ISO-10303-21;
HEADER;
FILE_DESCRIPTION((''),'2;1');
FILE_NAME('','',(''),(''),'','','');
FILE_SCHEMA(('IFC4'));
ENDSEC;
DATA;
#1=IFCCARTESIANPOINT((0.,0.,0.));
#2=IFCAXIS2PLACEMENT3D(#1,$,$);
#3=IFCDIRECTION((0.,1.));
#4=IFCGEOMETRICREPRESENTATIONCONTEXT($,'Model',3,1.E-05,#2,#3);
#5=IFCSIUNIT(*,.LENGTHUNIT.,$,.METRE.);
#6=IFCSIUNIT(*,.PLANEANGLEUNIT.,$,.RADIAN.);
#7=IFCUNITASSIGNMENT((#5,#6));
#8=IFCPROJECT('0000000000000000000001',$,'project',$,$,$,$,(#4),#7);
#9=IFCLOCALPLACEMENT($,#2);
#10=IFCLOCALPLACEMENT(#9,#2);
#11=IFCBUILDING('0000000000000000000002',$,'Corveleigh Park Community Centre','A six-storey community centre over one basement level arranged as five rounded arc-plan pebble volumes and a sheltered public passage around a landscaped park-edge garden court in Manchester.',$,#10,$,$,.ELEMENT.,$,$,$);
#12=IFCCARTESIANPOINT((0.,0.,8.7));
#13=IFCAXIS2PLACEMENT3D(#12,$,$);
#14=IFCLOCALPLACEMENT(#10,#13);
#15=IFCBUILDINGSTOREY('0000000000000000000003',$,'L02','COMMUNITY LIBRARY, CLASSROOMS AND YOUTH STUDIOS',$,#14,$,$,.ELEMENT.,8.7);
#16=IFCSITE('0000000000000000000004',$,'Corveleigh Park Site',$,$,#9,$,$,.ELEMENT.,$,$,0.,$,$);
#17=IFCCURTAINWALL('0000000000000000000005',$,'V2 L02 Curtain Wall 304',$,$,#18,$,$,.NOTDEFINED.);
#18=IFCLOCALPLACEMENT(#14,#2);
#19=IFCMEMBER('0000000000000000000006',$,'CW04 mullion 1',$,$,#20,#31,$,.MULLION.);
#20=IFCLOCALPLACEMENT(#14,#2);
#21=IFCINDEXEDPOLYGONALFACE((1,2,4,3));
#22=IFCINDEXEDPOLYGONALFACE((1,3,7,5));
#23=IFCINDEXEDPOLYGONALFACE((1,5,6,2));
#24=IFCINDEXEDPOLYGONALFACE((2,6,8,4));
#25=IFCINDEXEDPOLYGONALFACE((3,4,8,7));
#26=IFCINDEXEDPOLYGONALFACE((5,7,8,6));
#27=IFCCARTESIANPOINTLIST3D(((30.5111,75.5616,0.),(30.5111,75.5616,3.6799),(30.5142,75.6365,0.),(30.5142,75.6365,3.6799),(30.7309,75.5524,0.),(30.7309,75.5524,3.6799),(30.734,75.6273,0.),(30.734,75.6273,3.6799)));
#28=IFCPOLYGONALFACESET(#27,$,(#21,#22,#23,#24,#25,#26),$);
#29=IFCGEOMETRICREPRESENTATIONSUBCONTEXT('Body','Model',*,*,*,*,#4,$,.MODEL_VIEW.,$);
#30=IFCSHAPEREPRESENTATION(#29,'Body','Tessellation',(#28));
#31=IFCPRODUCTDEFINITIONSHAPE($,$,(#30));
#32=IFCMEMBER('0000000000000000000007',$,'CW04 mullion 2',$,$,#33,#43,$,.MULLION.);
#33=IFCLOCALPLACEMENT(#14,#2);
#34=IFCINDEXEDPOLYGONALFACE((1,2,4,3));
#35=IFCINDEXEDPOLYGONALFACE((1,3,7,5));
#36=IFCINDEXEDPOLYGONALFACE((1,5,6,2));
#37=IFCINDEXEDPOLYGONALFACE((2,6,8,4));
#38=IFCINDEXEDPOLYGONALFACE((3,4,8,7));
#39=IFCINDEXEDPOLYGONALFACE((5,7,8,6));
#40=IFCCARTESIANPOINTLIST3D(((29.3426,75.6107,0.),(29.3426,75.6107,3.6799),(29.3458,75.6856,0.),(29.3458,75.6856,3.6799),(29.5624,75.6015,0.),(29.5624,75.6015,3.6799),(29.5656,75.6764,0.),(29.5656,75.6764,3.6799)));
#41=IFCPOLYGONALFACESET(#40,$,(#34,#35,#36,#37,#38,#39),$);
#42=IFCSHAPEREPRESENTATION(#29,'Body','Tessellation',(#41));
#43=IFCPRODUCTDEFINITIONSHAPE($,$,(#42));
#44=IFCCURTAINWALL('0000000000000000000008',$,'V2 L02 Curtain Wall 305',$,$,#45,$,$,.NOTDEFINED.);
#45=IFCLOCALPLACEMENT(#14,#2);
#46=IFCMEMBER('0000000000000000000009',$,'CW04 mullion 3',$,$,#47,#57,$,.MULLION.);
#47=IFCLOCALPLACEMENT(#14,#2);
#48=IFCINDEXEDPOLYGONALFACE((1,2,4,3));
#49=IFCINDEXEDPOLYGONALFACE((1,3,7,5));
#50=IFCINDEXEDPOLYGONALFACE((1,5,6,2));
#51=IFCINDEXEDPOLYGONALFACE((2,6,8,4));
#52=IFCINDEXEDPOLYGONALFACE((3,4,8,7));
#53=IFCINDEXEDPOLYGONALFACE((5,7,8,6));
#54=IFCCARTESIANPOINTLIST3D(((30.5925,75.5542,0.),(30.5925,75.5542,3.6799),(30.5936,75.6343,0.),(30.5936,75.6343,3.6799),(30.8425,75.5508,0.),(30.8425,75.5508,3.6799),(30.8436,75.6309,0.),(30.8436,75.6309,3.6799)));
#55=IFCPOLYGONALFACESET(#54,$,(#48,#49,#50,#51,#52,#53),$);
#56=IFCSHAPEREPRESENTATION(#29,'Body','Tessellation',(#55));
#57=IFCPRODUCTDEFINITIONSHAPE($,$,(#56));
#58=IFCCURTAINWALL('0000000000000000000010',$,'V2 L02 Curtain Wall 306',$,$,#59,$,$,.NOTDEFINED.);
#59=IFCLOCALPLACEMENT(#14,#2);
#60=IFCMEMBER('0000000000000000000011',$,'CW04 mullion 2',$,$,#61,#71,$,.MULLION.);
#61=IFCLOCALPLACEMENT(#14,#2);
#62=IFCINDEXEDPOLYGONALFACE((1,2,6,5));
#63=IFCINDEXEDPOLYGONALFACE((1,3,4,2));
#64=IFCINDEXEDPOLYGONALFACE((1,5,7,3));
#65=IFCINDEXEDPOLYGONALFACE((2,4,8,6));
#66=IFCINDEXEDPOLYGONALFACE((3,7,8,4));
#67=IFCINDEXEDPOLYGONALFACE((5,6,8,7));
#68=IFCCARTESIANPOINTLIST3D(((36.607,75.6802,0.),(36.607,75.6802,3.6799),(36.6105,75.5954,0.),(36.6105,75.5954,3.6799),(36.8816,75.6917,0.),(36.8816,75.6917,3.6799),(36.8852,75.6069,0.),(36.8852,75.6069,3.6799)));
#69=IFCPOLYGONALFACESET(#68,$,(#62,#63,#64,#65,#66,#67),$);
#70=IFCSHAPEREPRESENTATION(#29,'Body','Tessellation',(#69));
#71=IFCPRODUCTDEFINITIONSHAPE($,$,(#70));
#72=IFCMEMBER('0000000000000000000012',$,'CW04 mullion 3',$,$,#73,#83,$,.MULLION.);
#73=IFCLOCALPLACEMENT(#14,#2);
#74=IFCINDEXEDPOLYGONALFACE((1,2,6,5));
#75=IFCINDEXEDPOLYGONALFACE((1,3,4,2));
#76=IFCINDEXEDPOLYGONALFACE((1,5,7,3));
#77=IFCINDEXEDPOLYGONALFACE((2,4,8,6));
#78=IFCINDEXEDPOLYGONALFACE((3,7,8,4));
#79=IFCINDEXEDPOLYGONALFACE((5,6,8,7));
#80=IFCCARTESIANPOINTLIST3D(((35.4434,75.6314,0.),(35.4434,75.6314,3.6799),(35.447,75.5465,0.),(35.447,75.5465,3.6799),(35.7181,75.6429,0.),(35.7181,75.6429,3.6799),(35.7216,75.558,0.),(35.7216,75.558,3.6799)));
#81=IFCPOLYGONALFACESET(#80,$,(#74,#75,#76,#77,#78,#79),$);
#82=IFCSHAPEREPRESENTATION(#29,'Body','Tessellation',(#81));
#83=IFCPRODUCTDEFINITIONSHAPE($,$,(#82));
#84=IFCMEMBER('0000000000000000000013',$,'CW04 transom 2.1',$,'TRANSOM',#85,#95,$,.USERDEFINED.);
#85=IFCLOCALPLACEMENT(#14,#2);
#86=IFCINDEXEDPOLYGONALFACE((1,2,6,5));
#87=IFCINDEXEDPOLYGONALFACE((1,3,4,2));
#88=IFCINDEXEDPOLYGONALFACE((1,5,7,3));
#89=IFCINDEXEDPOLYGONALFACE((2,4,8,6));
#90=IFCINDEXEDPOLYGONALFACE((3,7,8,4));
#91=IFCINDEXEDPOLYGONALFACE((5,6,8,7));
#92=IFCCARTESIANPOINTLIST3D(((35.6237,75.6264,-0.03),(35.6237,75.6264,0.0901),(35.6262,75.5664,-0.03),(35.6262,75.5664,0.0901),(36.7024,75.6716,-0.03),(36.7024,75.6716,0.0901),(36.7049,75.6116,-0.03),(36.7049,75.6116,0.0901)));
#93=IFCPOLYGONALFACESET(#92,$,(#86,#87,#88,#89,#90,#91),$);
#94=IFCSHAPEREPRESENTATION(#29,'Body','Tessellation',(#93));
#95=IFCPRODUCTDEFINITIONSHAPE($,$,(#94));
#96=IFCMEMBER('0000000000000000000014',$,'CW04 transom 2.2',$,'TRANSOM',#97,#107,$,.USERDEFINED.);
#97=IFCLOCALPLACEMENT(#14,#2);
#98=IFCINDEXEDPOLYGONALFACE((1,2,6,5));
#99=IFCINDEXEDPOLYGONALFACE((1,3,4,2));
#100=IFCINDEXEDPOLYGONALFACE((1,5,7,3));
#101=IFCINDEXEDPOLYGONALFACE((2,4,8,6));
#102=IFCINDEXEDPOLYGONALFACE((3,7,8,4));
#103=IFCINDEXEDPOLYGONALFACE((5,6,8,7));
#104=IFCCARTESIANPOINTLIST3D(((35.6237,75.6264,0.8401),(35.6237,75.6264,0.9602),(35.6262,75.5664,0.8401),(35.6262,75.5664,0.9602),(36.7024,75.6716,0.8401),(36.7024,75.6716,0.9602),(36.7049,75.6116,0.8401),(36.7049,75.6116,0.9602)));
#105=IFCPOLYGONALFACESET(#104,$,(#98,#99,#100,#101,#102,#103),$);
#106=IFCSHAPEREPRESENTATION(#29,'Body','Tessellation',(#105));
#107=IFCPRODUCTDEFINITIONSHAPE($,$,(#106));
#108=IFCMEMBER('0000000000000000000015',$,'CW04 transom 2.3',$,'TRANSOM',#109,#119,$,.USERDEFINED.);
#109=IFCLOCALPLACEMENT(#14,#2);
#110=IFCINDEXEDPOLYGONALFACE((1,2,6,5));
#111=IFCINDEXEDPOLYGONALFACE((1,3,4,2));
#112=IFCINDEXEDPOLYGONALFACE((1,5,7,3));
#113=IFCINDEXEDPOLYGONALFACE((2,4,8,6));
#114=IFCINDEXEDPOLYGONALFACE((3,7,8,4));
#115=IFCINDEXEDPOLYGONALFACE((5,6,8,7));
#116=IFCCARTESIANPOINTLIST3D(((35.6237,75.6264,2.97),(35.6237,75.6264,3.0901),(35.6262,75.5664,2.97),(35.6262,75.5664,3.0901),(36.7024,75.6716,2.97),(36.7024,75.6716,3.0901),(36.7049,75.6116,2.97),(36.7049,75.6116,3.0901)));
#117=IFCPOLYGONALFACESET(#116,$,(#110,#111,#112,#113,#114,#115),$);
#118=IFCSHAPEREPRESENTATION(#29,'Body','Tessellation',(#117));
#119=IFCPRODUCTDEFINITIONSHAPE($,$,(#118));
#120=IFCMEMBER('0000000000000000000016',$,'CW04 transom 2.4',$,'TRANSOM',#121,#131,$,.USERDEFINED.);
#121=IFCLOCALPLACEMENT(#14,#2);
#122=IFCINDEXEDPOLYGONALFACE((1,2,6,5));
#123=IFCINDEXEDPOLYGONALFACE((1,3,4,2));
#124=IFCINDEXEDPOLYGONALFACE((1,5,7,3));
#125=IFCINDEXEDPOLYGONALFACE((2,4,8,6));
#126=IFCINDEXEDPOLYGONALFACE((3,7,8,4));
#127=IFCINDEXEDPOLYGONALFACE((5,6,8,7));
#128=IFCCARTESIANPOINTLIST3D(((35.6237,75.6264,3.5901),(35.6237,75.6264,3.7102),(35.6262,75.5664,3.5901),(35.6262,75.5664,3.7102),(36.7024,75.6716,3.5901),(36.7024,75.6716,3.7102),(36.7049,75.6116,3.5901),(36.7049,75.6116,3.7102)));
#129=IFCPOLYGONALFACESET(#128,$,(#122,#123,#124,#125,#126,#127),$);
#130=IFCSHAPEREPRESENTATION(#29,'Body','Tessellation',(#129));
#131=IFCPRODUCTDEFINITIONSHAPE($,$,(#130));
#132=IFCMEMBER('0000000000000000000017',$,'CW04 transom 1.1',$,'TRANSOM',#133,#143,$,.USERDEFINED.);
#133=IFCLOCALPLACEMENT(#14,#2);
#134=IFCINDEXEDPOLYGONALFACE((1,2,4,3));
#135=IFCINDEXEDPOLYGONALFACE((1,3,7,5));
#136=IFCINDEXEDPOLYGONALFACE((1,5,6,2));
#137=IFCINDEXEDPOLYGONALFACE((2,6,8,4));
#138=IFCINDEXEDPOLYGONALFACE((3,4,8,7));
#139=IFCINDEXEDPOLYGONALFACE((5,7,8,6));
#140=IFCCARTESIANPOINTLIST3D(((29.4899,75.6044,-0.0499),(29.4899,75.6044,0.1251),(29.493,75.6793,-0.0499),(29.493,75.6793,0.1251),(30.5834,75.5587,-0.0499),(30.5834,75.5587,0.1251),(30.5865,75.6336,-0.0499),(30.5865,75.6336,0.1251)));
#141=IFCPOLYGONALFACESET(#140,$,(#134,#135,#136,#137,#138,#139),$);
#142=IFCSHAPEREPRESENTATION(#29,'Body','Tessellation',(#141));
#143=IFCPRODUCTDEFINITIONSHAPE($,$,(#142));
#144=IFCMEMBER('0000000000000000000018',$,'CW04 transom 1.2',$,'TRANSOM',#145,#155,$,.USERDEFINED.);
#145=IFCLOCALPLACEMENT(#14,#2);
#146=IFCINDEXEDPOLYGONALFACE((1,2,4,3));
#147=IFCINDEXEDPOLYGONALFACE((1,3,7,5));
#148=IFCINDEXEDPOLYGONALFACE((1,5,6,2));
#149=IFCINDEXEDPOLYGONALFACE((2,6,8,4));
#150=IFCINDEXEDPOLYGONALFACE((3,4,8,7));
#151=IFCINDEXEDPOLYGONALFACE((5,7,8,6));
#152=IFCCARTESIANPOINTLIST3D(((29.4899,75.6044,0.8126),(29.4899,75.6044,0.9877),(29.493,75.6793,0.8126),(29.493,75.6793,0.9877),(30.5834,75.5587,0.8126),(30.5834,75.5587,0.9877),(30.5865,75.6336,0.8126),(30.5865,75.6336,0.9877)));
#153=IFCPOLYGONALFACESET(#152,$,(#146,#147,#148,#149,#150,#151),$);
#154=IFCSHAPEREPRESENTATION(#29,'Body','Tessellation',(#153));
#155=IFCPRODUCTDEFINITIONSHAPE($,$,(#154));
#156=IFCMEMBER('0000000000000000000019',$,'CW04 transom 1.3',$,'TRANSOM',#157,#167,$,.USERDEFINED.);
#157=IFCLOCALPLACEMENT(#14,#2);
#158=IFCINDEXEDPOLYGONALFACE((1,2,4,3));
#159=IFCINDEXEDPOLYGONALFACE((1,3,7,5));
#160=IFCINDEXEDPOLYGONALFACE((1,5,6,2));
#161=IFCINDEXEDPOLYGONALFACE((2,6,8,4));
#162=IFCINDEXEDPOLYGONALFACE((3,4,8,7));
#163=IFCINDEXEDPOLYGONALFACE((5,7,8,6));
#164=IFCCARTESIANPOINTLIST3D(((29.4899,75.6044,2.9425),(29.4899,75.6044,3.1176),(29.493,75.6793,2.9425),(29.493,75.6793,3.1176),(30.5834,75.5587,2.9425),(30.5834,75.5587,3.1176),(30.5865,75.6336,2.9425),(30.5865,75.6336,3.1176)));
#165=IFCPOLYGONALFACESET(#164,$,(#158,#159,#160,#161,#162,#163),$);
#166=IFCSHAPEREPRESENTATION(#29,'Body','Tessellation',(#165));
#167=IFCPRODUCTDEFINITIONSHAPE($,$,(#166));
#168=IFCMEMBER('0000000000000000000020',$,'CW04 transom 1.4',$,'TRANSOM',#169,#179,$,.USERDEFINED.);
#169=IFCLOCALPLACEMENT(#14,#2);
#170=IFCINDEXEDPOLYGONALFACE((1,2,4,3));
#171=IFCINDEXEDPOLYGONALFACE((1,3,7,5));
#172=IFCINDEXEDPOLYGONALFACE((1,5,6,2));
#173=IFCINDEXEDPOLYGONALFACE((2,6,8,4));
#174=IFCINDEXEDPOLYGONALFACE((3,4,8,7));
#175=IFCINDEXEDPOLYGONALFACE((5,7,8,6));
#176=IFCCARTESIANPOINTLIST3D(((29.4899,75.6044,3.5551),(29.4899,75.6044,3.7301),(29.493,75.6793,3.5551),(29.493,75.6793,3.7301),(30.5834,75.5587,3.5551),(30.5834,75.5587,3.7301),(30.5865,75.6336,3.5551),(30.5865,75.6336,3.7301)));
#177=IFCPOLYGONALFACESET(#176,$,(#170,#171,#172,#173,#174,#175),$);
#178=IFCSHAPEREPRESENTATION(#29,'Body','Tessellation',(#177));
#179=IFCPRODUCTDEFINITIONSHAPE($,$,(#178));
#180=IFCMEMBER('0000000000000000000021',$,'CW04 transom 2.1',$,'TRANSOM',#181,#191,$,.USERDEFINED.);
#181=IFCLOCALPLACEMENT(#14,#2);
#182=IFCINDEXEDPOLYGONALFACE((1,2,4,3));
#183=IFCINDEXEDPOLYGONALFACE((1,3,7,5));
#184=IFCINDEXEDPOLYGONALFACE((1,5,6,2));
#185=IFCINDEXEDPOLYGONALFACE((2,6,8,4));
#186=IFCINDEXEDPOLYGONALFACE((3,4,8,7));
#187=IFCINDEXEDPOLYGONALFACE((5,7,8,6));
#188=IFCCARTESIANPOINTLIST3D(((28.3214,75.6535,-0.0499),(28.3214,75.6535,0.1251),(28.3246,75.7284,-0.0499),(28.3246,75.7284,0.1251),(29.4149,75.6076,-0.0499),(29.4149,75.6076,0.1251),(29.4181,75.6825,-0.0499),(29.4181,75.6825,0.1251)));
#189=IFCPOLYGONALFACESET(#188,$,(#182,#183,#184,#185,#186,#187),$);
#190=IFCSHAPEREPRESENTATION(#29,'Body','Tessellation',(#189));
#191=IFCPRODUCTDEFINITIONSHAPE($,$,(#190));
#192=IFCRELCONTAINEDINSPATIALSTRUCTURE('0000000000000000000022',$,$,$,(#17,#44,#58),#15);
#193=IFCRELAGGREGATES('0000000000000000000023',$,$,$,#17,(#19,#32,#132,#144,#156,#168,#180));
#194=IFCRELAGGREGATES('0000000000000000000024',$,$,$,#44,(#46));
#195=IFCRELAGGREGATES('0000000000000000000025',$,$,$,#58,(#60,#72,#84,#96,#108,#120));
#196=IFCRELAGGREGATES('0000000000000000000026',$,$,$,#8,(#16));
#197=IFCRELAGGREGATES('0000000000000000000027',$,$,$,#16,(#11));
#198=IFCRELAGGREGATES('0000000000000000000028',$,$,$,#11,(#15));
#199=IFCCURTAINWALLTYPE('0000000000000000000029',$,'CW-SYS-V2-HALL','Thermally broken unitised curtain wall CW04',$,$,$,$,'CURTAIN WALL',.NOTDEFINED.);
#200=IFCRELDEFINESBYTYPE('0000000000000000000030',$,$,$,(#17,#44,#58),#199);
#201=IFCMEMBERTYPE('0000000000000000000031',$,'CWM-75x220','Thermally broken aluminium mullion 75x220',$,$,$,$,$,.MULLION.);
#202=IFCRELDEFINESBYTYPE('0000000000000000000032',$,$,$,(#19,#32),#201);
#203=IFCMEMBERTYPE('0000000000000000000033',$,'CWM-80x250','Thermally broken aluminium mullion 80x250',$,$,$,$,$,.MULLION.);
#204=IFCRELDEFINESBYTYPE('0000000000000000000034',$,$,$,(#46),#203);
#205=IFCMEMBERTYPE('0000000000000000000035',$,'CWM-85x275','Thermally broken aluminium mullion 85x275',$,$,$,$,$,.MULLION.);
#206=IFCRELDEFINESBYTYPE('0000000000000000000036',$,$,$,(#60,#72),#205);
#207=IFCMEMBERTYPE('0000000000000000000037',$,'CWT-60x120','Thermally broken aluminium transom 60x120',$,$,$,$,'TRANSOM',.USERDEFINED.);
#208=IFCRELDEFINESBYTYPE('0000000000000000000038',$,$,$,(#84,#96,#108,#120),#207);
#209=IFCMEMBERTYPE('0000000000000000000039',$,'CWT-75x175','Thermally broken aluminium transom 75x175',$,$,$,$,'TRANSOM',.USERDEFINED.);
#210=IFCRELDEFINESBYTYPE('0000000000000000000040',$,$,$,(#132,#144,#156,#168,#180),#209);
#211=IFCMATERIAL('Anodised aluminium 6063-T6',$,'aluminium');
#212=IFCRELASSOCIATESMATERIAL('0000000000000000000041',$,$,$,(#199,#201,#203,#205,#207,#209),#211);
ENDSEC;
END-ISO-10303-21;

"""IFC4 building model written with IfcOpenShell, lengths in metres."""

from ifc_helpers import new_model, si_unit, direction, frame, origin, origin_2d, place, context, subcontext, project, spatial, rectangle, extrude, material, material_profile, profile_set, type_object, element, aggregate, save


model = new_model("IFC4")

# Units and contexts
model_context = context("Model", 3, precision=1e-05, world=origin(), true_north=direction((0.0, 1.0)))
body_context = subcontext(model_context, "Body", "Model", "MODEL_VIEW")
ifc_project = project(units=[si_unit("LENGTHUNIT", "METRE"), si_unit("PLANEANGLEUNIT", "RADIAN")], contexts=[model_context])

# Site, building, storey
site_placement = place(None, origin())
site = spatial("IfcSite", under=ifc_project, at=site_placement, Name="Corveleigh Park Site", CompositionType="ELEMENT", RefElevation=0.0)
building_placement = place(site_placement, origin())
building = spatial("IfcBuilding", under=site, at=building_placement, Name="Corveleigh Park Community Centre", Description="A six-storey community centre over one basement level arranged as five rounded arc-plan pebble volumes and a sheltered public passage around a landscaped park-edge garden court in Manchester.", CompositionType="ELEMENT")
storey_placement = place(building_placement, frame((0.0, 0.0, 8.7)))
storey = spatial("IfcBuildingStorey", under=building, at=storey_placement, Name="L02", Description="COMMUNITY LIBRARY, CLASSROOMS AND YOUTH STUDIOS", CompositionType="ELEMENT", Elevation=8.7)

# Curtain wall, members
ifc_material_1 = material(Name="Anodised aluminium 6063-T6", Category="aluminium")
curtain_wall_type = type_object("IfcCurtainWallType", Name="CW-SYS-V2-HALL", Description="Thermally broken unitised curtain wall CW04", ElementType="CURTAIN WALL", PredefinedType="NOTDEFINED", material=ifc_material_1)
curtain_wall_1_placement = place(storey_placement, origin())
curtain_wall_1 = element("IfcCurtainWall", 1, at=curtain_wall_1_placement, inside=storey, type_object=curtain_wall_type, Name="V2 L02 Curtain Wall 304", PredefinedType="NOTDEFINED")
ifc_material_profile_1 = material_profile(ifc_material_1, rectangle(XDim=0.075, YDim=0.22, at=origin_2d()), Name="ALU-M75x220", Category="aluminium")
ifc_profile_set_1 = profile_set([ifc_material_profile_1], Name="Anodised aluminium 6063-T6")
member_type_1 = type_object("IfcMemberType", Name="CWM-75x220", Description="Thermally broken aluminium mullion 75x220", PredefinedType="MULLION", material=ifc_profile_set_1)
member_1_placement = place(storey_placement, frame((30.6226, 75.5945, 0.0), z_axis=(0.0, 0.0, 1.0), x_axis=(-0.041837, -0.999124, 0.0)))
member_1 = element("IfcMember", 2, at=member_1_placement, type_object=member_type_1, Name="CW04 mullion 1", PredefinedType="MULLION", context=body_context, shape_type="SweptSolid", body=[
    extrude(rectangle(XDim=0.075, YDim=0.22, at=origin_2d()), origin(), (0.0, 0.0, 1.0), 3.6799),
])
member_2_placement = place(storey_placement, frame((29.4541, 75.6436, 0.0), z_axis=(0.0, 0.0, 1.0), x_axis=(-0.041837, -0.999124, 0.0)))
member_2 = element("IfcMember", 3, at=member_2_placement, type_object=member_type_1, Name="CW04 mullion 2", PredefinedType="MULLION", context=body_context, shape_type="SweptSolid", body=[
    extrude(rectangle(XDim=0.075, YDim=0.22, at=origin_2d()), origin(), (0.0, 0.0, 1.0), 3.6799),
])

# Curtain wall, member
curtain_wall_2_placement = place(storey_placement, origin())
curtain_wall_2 = element("IfcCurtainWall", 4, at=curtain_wall_2_placement, inside=storey, type_object=curtain_wall_type, Name="V2 L02 Curtain Wall 305", PredefinedType="NOTDEFINED")
ifc_material_profile_2 = material_profile(ifc_material_1, rectangle(XDim=0.0801, YDim=0.25, at=origin_2d()), Name="ALU-M80x250", Category="aluminium")
ifc_profile_set_2 = profile_set([ifc_material_profile_2], Name="Anodised aluminium 6063-T6")
member_type_2 = type_object("IfcMemberType", Name="CWM-80x250", Description="Thermally broken aluminium mullion 80x250", PredefinedType="MULLION", material=ifc_profile_set_2)
member_3_placement = place(storey_placement, frame((30.718, 75.5925, 0.0), z_axis=(0.0, 0.0, 1.0), x_axis=(-0.013675, -0.999906, 0.0)))
member_3 = element("IfcMember", 5, at=member_3_placement, type_object=member_type_2, Name="CW04 mullion 3", PredefinedType="MULLION", context=body_context, shape_type="SweptSolid", body=[
    extrude(rectangle(XDim=0.0801, YDim=0.25, at=origin_2d()), origin(), (0.0, 0.0, 1.0), 3.6799),
])

# Curtain wall, members
curtain_wall_3_placement = place(storey_placement, origin())
curtain_wall_3 = element("IfcCurtainWall", 6, at=curtain_wall_3_placement, inside=storey, type_object=curtain_wall_type, Name="V2 L02 Curtain Wall 306", PredefinedType="NOTDEFINED")
ifc_material_profile_3 = material_profile(ifc_material_1, rectangle(XDim=0.085, YDim=0.2749, at=origin_2d()), Name="ALU-M85x275", Category="aluminium")
ifc_profile_set_3 = profile_set([ifc_material_profile_3], Name="Anodised aluminium 6063-T6")
member_type_3 = type_object("IfcMemberType", Name="CWM-85x275", Description="Thermally broken aluminium mullion 85x275", PredefinedType="MULLION", material=ifc_profile_set_3)
member_4_placement = place(storey_placement, frame((36.7461, 75.6436, 0.0), z_axis=(0.0, 0.0, 1.0), x_axis=(0.041837, -0.999124, 0.0)))
member_4 = element("IfcMember", 7, at=member_4_placement, type_object=member_type_3, Name="CW04 mullion 2", PredefinedType="MULLION", context=body_context, shape_type="SweptSolid", body=[
    extrude(rectangle(XDim=0.085, YDim=0.2749, at=origin_2d()), origin(), (0.0, 0.0, 1.0), 3.6799),
])
member_5_placement = place(storey_placement, frame((35.5825, 75.5947, 0.0), z_axis=(0.0, 0.0, 1.0), x_axis=(0.041837, -0.999124, 0.0)))
member_5 = element("IfcMember", 8, at=member_5_placement, type_object=member_type_3, Name="CW04 mullion 3", PredefinedType="MULLION", context=body_context, shape_type="SweptSolid", body=[
    extrude(rectangle(XDim=0.085, YDim=0.2749, at=origin_2d()), origin(), (0.0, 0.0, 1.0), 3.6799),
])
ifc_material_profile_4 = material_profile(ifc_material_1, rectangle(XDim=0.0601, YDim=0.1201, at=origin_2d()), Name="ALU-T60x120", Category="aluminium")
ifc_profile_set_4 = profile_set([ifc_material_profile_4], Name="Anodised aluminium 6063-T6")
member_type_4 = type_object("IfcMemberType", Name="CWT-60x120", Description="Thermally broken aluminium transom 60x120", ElementType="TRANSOM", PredefinedType="USERDEFINED", material=ifc_profile_set_4)
member_6_placement = place(storey_placement, frame((36.7036, 75.6416, 0.03), z_axis=(-0.999124, -0.041837, 0.0), x_axis=(0.041837, -0.999124, 0.0)))
member_6 = element("IfcMember", 9, at=member_6_placement, type_object=member_type_4, Name="CW04 transom 2.1", ObjectType="TRANSOM", PredefinedType="USERDEFINED", context=body_context, shape_type="SweptSolid", body=[
    extrude(rectangle(XDim=0.0601, YDim=0.1201, at=origin_2d()), origin(), (0.0, 0.0, 1.0), 1.0796),
])
member_7_placement = place(storey_placement, frame((36.7036, 75.6416, 0.9001), z_axis=(-0.999124, -0.041837, 0.0), x_axis=(0.041837, -0.999124, 0.0)))
member_7 = element("IfcMember", 10, at=member_7_placement, type_object=member_type_4, Name="CW04 transom 2.2", ObjectType="TRANSOM", PredefinedType="USERDEFINED", context=body_context, shape_type="SweptSolid", body=[
    extrude(rectangle(XDim=0.0601, YDim=0.1201, at=origin_2d()), origin(), (0.0, 0.0, 1.0), 1.0796),
])
member_8_placement = place(storey_placement, frame((36.7036, 75.6416, 3.03), z_axis=(-0.999124, -0.041837, 0.0), x_axis=(0.041837, -0.999124, 0.0)))
member_8 = element("IfcMember", 11, at=member_8_placement, type_object=member_type_4, Name="CW04 transom 2.3", ObjectType="TRANSOM", PredefinedType="USERDEFINED", context=body_context, shape_type="SweptSolid", body=[
    extrude(rectangle(XDim=0.0601, YDim=0.1201, at=origin_2d()), origin(), (0.0, 0.0, 1.0), 1.0796),
])
member_9_placement = place(storey_placement, frame((36.7036, 75.6416, 3.6501), z_axis=(-0.999124, -0.041837, 0.0), x_axis=(0.041837, -0.999124, 0.0)))
member_9 = element("IfcMember", 12, at=member_9_placement, type_object=member_type_4, Name="CW04 transom 2.4", ObjectType="TRANSOM", PredefinedType="USERDEFINED", context=body_context, shape_type="SweptSolid", body=[
    extrude(rectangle(XDim=0.0601, YDim=0.1201, at=origin_2d()), origin(), (0.0, 0.0, 1.0), 1.0796),
])

# Members
ifc_material_profile_5 = material_profile(ifc_material_1, rectangle(XDim=0.075, YDim=0.175, at=origin_2d()), Name="ALU-T75x175", Category="aluminium")
ifc_profile_set_5 = profile_set([ifc_material_profile_5], Name="Anodised aluminium 6063-T6")
member_type_5 = type_object("IfcMemberType", Name="CWT-75x175", Description="Thermally broken aluminium transom 75x175", ElementType="TRANSOM", PredefinedType="USERDEFINED", material=ifc_profile_set_5)
member_10_placement = place(storey_placement, frame((30.585, 75.5962, 0.0376), z_axis=(-0.99913, 0.041714, 0.0), x_axis=(-0.041714, -0.99913, 0.0)))
member_10 = element("IfcMember", 13, at=member_10_placement, type_object=member_type_5, Name="CW04 transom 1.1", ObjectType="TRANSOM", PredefinedType="USERDEFINED", context=body_context, shape_type="SweptSolid", body=[
    extrude(rectangle(XDim=0.075, YDim=0.175, at=origin_2d()), origin(), (0.0, 0.0, 1.0), 1.0945),
])
member_11_placement = place(storey_placement, frame((30.585, 75.5962, 0.9001), z_axis=(-0.99913, 0.041714, 0.0), x_axis=(-0.041714, -0.99913, 0.0)))
member_11 = element("IfcMember", 14, at=member_11_placement, type_object=member_type_5, Name="CW04 transom 1.2", ObjectType="TRANSOM", PredefinedType="USERDEFINED", context=body_context, shape_type="SweptSolid", body=[
    extrude(rectangle(XDim=0.075, YDim=0.175, at=origin_2d()), origin(), (0.0, 0.0, 1.0), 1.0945),
])
member_12_placement = place(storey_placement, frame((30.585, 75.5962, 3.03), z_axis=(-0.99913, 0.041714, 0.0), x_axis=(-0.041714, -0.99913, 0.0)))
member_12 = element("IfcMember", 15, at=member_12_placement, type_object=member_type_5, Name="CW04 transom 1.3", ObjectType="TRANSOM", PredefinedType="USERDEFINED", context=body_context, shape_type="SweptSolid", body=[
    extrude(rectangle(XDim=0.075, YDim=0.175, at=origin_2d()), origin(), (0.0, 0.0, 1.0), 1.0945),
])
member_13_placement = place(storey_placement, frame((30.585, 75.5962, 3.6426), z_axis=(-0.99913, 0.041714, 0.0), x_axis=(-0.041714, -0.99913, 0.0)))
member_13 = element("IfcMember", 16, at=member_13_placement, type_object=member_type_5, Name="CW04 transom 1.4", ObjectType="TRANSOM", PredefinedType="USERDEFINED", context=body_context, shape_type="SweptSolid", body=[
    extrude(rectangle(XDim=0.075, YDim=0.175, at=origin_2d()), origin(), (0.0, 0.0, 1.0), 1.0945),
])
member_14_placement = place(storey_placement, frame((29.4165, 75.645, 0.0376), z_axis=(-0.99912, 0.041937, 0.0), x_axis=(-0.041937, -0.99912, 0.0)))
member_14 = element("IfcMember", 17, at=member_14_placement, type_object=member_type_5, Name="CW04 transom 2.1", ObjectType="TRANSOM", PredefinedType="USERDEFINED", context=body_context, shape_type="SweptSolid", body=[
    extrude(rectangle(XDim=0.075, YDim=0.175, at=origin_2d()), origin(), (0.0, 0.0, 1.0), 1.0945),
])

aggregate(curtain_wall_1, [member_1, member_2, member_10, member_11, member_12, member_13, member_14])
aggregate(curtain_wall_2, [member_3])
aggregate(curtain_wall_3, [member_4, member_5, member_6, member_7, member_8, member_9])

save(model, "model.ifc")
